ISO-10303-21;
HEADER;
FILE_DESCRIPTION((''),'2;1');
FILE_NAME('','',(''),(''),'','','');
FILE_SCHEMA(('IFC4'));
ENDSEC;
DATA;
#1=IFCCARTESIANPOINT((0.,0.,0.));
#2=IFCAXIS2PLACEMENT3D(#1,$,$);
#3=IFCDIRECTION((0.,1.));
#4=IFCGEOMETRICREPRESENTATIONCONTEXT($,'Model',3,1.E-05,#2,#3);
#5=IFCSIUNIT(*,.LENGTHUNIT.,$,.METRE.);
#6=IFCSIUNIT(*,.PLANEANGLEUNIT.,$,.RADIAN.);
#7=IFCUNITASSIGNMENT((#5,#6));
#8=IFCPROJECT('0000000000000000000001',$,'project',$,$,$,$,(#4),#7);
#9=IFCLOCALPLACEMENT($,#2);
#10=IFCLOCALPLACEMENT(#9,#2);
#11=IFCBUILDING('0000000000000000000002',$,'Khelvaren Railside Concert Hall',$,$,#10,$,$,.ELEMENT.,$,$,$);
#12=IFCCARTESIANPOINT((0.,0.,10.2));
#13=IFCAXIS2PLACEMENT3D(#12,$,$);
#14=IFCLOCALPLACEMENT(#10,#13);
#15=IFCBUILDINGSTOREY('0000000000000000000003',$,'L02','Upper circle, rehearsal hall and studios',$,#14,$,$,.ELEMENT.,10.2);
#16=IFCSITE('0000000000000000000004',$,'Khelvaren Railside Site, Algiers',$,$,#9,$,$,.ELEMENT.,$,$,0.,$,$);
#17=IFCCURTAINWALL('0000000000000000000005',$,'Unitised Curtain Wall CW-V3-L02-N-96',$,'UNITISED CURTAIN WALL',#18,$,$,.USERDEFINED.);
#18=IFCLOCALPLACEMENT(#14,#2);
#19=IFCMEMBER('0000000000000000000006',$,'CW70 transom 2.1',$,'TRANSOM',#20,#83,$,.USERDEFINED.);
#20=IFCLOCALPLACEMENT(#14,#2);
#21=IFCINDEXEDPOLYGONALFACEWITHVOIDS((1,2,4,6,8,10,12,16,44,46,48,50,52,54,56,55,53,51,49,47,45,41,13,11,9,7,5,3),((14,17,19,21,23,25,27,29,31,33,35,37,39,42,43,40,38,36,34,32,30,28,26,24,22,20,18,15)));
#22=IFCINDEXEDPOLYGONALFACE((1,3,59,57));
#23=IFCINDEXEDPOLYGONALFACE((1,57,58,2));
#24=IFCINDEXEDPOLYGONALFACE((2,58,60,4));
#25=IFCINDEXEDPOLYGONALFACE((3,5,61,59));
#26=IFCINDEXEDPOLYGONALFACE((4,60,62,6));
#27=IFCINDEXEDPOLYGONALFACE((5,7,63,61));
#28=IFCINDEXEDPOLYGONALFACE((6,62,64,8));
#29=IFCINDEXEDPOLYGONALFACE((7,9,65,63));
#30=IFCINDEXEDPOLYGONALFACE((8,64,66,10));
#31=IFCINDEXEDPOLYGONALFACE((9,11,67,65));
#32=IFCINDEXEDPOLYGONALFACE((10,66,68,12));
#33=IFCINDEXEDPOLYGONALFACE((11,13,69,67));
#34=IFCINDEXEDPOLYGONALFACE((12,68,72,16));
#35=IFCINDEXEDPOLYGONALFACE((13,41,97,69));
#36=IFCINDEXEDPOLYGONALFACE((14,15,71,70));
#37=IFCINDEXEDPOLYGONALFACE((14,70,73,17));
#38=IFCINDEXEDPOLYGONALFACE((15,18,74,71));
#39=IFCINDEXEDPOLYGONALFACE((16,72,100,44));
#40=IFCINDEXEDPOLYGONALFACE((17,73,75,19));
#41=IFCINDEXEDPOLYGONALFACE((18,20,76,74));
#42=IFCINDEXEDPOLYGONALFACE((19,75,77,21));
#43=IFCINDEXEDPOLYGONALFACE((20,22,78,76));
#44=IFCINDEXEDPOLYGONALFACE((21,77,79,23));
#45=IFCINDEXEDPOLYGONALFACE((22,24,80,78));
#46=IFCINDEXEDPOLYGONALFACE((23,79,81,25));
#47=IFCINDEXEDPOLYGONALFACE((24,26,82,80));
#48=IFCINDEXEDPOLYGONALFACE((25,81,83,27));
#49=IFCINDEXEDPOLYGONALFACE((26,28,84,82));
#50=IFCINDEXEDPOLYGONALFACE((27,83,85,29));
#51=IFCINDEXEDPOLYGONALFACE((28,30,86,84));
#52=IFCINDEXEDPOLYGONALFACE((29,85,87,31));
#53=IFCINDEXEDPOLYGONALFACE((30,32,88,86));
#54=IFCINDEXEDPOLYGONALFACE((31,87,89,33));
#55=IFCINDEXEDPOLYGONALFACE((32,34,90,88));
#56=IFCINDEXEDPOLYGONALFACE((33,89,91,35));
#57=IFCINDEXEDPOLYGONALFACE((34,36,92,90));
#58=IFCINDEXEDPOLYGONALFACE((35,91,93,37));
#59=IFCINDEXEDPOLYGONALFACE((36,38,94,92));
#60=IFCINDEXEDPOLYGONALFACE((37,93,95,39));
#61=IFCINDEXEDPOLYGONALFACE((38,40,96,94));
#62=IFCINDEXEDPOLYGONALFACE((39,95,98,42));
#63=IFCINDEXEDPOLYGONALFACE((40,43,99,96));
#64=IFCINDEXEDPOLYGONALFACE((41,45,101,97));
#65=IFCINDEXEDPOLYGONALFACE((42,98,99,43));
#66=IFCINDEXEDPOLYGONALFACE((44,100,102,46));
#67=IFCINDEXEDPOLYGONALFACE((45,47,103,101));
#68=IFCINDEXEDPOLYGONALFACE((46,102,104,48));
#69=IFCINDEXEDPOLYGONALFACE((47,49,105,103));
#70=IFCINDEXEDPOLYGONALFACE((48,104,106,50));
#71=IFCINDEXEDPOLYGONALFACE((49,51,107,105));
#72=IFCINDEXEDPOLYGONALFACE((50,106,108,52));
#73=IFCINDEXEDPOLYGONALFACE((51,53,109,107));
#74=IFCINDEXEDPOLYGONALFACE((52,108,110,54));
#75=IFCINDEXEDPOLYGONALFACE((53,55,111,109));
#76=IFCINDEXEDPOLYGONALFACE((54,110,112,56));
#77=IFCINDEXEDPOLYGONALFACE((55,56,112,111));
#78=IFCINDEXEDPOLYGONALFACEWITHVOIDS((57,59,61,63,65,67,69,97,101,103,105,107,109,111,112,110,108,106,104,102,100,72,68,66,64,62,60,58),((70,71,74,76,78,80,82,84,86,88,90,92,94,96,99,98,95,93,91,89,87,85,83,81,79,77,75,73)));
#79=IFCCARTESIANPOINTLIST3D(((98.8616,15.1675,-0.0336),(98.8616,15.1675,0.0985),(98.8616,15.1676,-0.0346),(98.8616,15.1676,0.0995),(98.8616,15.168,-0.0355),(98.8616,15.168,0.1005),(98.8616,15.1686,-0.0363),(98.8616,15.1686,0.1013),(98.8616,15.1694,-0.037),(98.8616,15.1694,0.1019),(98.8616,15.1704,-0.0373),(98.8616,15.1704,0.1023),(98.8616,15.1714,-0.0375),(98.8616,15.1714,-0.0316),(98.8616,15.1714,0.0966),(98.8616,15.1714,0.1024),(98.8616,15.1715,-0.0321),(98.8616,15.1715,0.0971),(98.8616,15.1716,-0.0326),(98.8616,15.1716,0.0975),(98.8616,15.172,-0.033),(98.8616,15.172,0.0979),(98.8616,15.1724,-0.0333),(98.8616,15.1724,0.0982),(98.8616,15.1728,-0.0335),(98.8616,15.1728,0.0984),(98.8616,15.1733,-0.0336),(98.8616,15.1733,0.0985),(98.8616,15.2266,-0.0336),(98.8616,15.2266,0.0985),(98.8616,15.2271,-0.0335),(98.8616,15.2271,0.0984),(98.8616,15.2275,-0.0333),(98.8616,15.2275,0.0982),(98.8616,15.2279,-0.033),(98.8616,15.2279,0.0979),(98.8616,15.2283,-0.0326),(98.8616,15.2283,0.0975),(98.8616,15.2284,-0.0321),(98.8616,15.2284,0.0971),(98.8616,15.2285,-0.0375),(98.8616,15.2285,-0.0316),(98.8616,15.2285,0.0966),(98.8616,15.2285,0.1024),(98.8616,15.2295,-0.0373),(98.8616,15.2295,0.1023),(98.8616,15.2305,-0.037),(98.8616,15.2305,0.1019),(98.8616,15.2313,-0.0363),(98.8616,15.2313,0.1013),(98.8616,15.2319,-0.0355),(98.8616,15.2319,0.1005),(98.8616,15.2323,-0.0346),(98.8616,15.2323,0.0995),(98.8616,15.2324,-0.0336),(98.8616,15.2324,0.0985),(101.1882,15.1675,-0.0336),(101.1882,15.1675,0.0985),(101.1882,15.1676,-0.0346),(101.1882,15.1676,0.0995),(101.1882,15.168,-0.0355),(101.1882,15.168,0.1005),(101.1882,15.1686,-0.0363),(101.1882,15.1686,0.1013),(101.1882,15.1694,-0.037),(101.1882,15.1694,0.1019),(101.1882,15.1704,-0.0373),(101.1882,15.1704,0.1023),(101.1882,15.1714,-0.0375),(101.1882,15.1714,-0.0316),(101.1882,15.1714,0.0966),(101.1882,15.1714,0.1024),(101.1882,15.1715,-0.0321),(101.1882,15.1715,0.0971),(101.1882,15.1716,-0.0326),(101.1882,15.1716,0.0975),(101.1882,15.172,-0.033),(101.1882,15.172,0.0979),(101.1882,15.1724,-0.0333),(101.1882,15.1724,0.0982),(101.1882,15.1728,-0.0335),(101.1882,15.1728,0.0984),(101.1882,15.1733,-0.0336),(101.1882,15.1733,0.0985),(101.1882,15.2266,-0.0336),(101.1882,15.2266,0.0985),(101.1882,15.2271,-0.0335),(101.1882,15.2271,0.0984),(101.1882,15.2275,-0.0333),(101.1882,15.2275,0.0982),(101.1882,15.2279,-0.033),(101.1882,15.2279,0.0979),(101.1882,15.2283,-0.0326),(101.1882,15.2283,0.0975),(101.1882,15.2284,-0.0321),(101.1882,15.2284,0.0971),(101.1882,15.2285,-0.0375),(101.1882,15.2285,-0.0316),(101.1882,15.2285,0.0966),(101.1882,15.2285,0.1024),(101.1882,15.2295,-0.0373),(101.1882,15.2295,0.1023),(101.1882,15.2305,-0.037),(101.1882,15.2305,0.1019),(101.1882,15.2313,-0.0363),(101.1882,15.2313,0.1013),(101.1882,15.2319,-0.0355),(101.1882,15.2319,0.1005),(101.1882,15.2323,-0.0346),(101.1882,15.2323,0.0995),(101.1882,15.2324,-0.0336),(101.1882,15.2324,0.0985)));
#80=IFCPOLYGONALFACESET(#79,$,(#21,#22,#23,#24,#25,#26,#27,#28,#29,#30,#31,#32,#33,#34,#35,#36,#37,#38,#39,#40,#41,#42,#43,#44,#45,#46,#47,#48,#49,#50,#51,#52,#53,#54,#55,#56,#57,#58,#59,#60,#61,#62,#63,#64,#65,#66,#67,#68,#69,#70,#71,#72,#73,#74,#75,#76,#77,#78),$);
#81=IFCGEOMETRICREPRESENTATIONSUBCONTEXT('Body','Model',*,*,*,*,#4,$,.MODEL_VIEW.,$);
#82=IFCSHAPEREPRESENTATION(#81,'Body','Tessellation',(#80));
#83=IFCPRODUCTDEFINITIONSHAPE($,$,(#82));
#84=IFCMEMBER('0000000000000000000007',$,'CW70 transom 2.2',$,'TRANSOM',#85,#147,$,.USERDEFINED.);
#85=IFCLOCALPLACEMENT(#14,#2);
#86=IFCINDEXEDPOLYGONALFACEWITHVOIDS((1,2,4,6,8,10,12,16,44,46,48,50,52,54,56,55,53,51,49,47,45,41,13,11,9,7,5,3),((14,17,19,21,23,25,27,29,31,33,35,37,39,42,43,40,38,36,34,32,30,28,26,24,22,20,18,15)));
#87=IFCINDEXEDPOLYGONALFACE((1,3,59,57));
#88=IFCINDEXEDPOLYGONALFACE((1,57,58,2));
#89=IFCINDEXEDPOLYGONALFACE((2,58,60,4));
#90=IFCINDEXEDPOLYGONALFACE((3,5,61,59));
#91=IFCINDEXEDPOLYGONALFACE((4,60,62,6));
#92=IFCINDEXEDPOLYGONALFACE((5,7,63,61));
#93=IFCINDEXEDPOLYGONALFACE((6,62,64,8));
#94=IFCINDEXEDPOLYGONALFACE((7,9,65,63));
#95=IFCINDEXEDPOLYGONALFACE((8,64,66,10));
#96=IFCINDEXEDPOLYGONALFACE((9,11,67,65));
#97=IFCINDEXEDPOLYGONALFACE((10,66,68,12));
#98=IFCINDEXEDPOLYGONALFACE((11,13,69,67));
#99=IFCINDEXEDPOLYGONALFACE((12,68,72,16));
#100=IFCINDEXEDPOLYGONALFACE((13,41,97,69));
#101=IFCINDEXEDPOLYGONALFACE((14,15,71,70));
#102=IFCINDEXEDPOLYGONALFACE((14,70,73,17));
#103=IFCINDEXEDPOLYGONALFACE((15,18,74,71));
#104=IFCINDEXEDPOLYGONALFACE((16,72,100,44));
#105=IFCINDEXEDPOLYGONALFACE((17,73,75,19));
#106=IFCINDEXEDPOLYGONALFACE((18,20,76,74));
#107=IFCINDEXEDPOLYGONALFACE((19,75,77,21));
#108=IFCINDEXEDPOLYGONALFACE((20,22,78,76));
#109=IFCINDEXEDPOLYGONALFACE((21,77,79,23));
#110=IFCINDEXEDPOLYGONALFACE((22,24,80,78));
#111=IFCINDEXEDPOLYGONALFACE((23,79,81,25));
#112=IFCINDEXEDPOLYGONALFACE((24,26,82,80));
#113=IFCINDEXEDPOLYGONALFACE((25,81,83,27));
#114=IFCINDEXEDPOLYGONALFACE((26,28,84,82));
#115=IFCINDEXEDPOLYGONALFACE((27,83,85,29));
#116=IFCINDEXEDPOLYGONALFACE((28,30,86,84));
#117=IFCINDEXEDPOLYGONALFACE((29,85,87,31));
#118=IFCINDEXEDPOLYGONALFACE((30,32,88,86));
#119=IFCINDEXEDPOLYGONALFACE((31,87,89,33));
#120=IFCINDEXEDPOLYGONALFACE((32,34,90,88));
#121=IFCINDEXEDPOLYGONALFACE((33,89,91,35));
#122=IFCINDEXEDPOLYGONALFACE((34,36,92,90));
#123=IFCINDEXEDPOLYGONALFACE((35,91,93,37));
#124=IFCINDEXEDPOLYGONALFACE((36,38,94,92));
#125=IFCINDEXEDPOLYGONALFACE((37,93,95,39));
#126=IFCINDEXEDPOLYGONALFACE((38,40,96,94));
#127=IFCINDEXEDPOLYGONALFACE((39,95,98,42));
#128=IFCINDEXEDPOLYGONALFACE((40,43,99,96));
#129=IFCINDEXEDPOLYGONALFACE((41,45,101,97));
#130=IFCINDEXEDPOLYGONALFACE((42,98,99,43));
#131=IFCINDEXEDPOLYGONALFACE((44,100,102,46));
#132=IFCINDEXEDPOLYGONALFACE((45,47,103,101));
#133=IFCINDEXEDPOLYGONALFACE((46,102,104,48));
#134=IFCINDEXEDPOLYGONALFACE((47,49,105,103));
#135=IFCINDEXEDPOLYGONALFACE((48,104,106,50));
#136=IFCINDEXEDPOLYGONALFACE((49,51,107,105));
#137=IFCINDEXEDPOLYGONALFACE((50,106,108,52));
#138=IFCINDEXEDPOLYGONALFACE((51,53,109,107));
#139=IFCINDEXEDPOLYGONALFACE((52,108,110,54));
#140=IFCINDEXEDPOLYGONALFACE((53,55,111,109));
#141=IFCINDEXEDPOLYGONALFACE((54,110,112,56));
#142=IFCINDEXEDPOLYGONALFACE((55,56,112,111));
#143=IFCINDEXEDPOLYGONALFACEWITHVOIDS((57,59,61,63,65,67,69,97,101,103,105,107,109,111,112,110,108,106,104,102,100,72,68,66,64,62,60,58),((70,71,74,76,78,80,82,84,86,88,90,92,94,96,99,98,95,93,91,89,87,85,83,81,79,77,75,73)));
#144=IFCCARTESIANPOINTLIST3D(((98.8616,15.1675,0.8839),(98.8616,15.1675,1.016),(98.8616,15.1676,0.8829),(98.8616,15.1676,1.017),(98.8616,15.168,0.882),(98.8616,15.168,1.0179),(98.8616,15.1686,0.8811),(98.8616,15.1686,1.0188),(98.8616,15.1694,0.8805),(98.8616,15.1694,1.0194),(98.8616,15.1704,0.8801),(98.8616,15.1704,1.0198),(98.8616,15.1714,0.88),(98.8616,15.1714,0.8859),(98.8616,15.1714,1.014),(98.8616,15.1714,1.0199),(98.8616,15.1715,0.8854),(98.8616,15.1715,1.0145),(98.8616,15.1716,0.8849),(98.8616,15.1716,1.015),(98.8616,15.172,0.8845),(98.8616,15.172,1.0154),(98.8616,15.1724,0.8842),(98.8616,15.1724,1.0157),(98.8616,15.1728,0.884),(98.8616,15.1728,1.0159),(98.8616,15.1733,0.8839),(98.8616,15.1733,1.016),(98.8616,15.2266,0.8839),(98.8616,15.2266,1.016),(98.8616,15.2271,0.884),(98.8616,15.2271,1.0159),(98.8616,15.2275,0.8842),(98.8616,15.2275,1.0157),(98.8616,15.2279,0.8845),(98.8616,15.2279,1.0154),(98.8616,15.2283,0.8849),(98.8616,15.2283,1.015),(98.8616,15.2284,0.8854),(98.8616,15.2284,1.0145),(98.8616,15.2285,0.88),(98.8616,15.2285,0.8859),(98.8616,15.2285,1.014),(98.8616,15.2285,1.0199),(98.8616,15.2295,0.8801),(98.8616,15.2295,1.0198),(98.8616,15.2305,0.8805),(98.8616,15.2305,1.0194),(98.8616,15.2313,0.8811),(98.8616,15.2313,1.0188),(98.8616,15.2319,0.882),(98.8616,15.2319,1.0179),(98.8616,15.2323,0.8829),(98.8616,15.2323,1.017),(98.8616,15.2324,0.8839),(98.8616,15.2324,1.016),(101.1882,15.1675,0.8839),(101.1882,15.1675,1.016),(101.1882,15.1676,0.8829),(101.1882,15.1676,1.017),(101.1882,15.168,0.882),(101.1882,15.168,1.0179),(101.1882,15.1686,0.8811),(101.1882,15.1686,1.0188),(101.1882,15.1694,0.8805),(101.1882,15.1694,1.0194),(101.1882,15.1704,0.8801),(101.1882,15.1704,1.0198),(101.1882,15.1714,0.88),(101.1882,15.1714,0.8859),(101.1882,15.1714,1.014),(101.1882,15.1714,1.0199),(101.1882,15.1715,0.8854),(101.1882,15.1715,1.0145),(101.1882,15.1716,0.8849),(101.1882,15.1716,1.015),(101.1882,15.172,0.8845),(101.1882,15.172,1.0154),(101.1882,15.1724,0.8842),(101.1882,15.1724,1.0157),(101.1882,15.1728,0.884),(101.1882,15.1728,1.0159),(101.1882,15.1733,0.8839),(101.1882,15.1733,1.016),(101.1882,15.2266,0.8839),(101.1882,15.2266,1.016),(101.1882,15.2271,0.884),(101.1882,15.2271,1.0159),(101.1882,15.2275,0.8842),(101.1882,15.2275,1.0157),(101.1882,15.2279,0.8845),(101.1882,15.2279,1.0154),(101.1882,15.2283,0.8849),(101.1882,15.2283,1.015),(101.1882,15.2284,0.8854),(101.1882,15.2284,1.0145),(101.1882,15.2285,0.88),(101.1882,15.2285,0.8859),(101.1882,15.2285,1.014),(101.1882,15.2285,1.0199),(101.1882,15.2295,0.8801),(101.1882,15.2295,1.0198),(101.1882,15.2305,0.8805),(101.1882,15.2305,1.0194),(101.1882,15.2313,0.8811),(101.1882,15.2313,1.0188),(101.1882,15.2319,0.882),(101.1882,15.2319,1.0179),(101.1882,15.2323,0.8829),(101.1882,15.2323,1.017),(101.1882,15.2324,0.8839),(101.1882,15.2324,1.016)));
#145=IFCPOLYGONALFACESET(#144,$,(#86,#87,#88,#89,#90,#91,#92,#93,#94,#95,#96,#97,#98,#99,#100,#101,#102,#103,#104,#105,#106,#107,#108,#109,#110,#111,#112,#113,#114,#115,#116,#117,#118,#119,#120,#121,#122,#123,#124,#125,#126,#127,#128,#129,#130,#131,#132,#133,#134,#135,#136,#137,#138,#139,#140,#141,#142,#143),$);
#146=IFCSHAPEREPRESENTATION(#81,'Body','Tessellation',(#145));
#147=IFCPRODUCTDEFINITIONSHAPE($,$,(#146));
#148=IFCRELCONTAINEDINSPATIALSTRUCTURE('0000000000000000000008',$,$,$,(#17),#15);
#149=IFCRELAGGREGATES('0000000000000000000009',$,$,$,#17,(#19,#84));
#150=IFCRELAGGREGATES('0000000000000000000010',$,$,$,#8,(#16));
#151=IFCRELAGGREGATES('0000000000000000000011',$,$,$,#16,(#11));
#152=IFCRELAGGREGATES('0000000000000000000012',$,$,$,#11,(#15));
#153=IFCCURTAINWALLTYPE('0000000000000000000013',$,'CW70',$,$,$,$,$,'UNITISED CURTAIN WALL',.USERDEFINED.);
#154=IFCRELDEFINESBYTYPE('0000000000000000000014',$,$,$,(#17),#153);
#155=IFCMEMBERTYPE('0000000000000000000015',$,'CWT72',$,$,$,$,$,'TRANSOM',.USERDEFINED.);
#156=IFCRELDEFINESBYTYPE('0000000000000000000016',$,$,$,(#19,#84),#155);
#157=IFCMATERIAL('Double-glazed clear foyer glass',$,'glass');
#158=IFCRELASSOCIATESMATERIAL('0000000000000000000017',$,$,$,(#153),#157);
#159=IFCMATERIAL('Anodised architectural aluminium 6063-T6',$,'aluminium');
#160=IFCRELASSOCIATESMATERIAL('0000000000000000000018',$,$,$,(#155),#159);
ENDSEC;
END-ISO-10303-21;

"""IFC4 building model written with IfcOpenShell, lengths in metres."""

from ifc_helpers import new_model, si_unit, direction, frame, origin, origin_2d, place, context, subcontext, project, spatial, hollow_rectangle, extrude, material, material_profile, profile_set, type_object, element, aggregate, save


model = new_model("IFC4")

# Units and contexts
model_context = context("Model", 3, precision=1e-05, world=origin(), true_north=direction((0.0, 1.0)))
body_context = subcontext(model_context, "Body", "Model", "MODEL_VIEW")
ifc_project = project(units=[si_unit("LENGTHUNIT", "METRE"), si_unit("PLANEANGLEUNIT", "RADIAN")], contexts=[model_context])

# Site, building, storey
site_placement = place(None, origin())
site = spatial("IfcSite", under=ifc_project, at=site_placement, Name="Khelvaren Railside Site, Algiers", CompositionType="ELEMENT", RefElevation=0.0)
building_placement = place(site_placement, origin())
building = spatial("IfcBuilding", under=site, at=building_placement, Name="Khelvaren Railside Concert Hall", CompositionType="ELEMENT")
storey_placement = place(building_placement, frame((0.0, 0.0, 10.2)))
storey = spatial("IfcBuildingStorey", under=building, at=storey_placement, Name="L02", Description="Upper circle, rehearsal hall and studios", CompositionType="ELEMENT", Elevation=10.2)

# Shared definitions
ifc_material_1 = material(Name="Double-glazed clear foyer glass", Category="glass")
ifc_material_2 = material(Name="Anodised architectural aluminium 6063-T6", Category="aluminium")

# Curtain wall, members
curtain_wall_type_1 = type_object("IfcCurtainWallType", Name="CW70", ElementType="UNITISED CURTAIN WALL", PredefinedType="USERDEFINED", material=ifc_material_1)
curtain_wall_1_placement = place(storey_placement, origin())
curtain_wall_1 = element("IfcCurtainWall", 1, at=curtain_wall_1_placement, inside=storey, type_object=curtain_wall_type_1, Name="Unitised Curtain Wall CW-V3-L02-N-96", ObjectType="UNITISED CURTAIN WALL", PredefinedType="USERDEFINED")
ifc_material_profile_1 = material_profile(ifc_material_2, hollow_rectangle(XDim=0.0649, YDim=0.1399, WallThickness=0.0039, InnerFilletRadius=0.002, OuterFilletRadius=0.0039, at=origin_2d()), Name="CWT 65x140x4")
ifc_profile_set_1 = profile_set([ifc_material_profile_1], Name="Anodised architectural aluminium 6063-T6")
member_type_1 = type_object("IfcMemberType", Name="CWT72", ElementType="TRANSOM", PredefinedType="USERDEFINED", material=ifc_profile_set_1)
member_1_placement = place(storey_placement, frame((98.8616, 15.2, 0.0325), z_axis=(1.0, 0.0, 0.0), x_axis=(0.0, 1.0, 0.0)))
member_1 = element("IfcMember", 2, at=member_1_placement, type_object=member_type_1, Name="CW70 transom 2.1", ObjectType="TRANSOM", PredefinedType="USERDEFINED", context=body_context, shape_type="SweptSolid", body=[
    extrude(hollow_rectangle(XDim=0.0649, YDim=0.1399, WallThickness=0.0039, InnerFilletRadius=0.002, OuterFilletRadius=0.0039, at=origin_2d()), origin(), (0.0, 0.0, 1.0), 2.3267),
])
member_2_placement = place(storey_placement, frame((98.8616, 15.2, 0.95), z_axis=(1.0, 0.0, 0.0), x_axis=(0.0, 1.0, 0.0)))
member_2 = element("IfcMember", 3, at=member_2_placement, type_object=member_type_1, Name="CW70 transom 2.2", ObjectType="TRANSOM", PredefinedType="USERDEFINED", context=body_context, shape_type="SweptSolid", body=[
    extrude(hollow_rectangle(XDim=0.0649, YDim=0.1399, WallThickness=0.0039, InnerFilletRadius=0.002, OuterFilletRadius=0.0039, at=origin_2d()), origin(), (0.0, 0.0, 1.0), 2.3267),
])

aggregate(curtain_wall_1, [member_1, member_2])

save(model, "model.ifc")
